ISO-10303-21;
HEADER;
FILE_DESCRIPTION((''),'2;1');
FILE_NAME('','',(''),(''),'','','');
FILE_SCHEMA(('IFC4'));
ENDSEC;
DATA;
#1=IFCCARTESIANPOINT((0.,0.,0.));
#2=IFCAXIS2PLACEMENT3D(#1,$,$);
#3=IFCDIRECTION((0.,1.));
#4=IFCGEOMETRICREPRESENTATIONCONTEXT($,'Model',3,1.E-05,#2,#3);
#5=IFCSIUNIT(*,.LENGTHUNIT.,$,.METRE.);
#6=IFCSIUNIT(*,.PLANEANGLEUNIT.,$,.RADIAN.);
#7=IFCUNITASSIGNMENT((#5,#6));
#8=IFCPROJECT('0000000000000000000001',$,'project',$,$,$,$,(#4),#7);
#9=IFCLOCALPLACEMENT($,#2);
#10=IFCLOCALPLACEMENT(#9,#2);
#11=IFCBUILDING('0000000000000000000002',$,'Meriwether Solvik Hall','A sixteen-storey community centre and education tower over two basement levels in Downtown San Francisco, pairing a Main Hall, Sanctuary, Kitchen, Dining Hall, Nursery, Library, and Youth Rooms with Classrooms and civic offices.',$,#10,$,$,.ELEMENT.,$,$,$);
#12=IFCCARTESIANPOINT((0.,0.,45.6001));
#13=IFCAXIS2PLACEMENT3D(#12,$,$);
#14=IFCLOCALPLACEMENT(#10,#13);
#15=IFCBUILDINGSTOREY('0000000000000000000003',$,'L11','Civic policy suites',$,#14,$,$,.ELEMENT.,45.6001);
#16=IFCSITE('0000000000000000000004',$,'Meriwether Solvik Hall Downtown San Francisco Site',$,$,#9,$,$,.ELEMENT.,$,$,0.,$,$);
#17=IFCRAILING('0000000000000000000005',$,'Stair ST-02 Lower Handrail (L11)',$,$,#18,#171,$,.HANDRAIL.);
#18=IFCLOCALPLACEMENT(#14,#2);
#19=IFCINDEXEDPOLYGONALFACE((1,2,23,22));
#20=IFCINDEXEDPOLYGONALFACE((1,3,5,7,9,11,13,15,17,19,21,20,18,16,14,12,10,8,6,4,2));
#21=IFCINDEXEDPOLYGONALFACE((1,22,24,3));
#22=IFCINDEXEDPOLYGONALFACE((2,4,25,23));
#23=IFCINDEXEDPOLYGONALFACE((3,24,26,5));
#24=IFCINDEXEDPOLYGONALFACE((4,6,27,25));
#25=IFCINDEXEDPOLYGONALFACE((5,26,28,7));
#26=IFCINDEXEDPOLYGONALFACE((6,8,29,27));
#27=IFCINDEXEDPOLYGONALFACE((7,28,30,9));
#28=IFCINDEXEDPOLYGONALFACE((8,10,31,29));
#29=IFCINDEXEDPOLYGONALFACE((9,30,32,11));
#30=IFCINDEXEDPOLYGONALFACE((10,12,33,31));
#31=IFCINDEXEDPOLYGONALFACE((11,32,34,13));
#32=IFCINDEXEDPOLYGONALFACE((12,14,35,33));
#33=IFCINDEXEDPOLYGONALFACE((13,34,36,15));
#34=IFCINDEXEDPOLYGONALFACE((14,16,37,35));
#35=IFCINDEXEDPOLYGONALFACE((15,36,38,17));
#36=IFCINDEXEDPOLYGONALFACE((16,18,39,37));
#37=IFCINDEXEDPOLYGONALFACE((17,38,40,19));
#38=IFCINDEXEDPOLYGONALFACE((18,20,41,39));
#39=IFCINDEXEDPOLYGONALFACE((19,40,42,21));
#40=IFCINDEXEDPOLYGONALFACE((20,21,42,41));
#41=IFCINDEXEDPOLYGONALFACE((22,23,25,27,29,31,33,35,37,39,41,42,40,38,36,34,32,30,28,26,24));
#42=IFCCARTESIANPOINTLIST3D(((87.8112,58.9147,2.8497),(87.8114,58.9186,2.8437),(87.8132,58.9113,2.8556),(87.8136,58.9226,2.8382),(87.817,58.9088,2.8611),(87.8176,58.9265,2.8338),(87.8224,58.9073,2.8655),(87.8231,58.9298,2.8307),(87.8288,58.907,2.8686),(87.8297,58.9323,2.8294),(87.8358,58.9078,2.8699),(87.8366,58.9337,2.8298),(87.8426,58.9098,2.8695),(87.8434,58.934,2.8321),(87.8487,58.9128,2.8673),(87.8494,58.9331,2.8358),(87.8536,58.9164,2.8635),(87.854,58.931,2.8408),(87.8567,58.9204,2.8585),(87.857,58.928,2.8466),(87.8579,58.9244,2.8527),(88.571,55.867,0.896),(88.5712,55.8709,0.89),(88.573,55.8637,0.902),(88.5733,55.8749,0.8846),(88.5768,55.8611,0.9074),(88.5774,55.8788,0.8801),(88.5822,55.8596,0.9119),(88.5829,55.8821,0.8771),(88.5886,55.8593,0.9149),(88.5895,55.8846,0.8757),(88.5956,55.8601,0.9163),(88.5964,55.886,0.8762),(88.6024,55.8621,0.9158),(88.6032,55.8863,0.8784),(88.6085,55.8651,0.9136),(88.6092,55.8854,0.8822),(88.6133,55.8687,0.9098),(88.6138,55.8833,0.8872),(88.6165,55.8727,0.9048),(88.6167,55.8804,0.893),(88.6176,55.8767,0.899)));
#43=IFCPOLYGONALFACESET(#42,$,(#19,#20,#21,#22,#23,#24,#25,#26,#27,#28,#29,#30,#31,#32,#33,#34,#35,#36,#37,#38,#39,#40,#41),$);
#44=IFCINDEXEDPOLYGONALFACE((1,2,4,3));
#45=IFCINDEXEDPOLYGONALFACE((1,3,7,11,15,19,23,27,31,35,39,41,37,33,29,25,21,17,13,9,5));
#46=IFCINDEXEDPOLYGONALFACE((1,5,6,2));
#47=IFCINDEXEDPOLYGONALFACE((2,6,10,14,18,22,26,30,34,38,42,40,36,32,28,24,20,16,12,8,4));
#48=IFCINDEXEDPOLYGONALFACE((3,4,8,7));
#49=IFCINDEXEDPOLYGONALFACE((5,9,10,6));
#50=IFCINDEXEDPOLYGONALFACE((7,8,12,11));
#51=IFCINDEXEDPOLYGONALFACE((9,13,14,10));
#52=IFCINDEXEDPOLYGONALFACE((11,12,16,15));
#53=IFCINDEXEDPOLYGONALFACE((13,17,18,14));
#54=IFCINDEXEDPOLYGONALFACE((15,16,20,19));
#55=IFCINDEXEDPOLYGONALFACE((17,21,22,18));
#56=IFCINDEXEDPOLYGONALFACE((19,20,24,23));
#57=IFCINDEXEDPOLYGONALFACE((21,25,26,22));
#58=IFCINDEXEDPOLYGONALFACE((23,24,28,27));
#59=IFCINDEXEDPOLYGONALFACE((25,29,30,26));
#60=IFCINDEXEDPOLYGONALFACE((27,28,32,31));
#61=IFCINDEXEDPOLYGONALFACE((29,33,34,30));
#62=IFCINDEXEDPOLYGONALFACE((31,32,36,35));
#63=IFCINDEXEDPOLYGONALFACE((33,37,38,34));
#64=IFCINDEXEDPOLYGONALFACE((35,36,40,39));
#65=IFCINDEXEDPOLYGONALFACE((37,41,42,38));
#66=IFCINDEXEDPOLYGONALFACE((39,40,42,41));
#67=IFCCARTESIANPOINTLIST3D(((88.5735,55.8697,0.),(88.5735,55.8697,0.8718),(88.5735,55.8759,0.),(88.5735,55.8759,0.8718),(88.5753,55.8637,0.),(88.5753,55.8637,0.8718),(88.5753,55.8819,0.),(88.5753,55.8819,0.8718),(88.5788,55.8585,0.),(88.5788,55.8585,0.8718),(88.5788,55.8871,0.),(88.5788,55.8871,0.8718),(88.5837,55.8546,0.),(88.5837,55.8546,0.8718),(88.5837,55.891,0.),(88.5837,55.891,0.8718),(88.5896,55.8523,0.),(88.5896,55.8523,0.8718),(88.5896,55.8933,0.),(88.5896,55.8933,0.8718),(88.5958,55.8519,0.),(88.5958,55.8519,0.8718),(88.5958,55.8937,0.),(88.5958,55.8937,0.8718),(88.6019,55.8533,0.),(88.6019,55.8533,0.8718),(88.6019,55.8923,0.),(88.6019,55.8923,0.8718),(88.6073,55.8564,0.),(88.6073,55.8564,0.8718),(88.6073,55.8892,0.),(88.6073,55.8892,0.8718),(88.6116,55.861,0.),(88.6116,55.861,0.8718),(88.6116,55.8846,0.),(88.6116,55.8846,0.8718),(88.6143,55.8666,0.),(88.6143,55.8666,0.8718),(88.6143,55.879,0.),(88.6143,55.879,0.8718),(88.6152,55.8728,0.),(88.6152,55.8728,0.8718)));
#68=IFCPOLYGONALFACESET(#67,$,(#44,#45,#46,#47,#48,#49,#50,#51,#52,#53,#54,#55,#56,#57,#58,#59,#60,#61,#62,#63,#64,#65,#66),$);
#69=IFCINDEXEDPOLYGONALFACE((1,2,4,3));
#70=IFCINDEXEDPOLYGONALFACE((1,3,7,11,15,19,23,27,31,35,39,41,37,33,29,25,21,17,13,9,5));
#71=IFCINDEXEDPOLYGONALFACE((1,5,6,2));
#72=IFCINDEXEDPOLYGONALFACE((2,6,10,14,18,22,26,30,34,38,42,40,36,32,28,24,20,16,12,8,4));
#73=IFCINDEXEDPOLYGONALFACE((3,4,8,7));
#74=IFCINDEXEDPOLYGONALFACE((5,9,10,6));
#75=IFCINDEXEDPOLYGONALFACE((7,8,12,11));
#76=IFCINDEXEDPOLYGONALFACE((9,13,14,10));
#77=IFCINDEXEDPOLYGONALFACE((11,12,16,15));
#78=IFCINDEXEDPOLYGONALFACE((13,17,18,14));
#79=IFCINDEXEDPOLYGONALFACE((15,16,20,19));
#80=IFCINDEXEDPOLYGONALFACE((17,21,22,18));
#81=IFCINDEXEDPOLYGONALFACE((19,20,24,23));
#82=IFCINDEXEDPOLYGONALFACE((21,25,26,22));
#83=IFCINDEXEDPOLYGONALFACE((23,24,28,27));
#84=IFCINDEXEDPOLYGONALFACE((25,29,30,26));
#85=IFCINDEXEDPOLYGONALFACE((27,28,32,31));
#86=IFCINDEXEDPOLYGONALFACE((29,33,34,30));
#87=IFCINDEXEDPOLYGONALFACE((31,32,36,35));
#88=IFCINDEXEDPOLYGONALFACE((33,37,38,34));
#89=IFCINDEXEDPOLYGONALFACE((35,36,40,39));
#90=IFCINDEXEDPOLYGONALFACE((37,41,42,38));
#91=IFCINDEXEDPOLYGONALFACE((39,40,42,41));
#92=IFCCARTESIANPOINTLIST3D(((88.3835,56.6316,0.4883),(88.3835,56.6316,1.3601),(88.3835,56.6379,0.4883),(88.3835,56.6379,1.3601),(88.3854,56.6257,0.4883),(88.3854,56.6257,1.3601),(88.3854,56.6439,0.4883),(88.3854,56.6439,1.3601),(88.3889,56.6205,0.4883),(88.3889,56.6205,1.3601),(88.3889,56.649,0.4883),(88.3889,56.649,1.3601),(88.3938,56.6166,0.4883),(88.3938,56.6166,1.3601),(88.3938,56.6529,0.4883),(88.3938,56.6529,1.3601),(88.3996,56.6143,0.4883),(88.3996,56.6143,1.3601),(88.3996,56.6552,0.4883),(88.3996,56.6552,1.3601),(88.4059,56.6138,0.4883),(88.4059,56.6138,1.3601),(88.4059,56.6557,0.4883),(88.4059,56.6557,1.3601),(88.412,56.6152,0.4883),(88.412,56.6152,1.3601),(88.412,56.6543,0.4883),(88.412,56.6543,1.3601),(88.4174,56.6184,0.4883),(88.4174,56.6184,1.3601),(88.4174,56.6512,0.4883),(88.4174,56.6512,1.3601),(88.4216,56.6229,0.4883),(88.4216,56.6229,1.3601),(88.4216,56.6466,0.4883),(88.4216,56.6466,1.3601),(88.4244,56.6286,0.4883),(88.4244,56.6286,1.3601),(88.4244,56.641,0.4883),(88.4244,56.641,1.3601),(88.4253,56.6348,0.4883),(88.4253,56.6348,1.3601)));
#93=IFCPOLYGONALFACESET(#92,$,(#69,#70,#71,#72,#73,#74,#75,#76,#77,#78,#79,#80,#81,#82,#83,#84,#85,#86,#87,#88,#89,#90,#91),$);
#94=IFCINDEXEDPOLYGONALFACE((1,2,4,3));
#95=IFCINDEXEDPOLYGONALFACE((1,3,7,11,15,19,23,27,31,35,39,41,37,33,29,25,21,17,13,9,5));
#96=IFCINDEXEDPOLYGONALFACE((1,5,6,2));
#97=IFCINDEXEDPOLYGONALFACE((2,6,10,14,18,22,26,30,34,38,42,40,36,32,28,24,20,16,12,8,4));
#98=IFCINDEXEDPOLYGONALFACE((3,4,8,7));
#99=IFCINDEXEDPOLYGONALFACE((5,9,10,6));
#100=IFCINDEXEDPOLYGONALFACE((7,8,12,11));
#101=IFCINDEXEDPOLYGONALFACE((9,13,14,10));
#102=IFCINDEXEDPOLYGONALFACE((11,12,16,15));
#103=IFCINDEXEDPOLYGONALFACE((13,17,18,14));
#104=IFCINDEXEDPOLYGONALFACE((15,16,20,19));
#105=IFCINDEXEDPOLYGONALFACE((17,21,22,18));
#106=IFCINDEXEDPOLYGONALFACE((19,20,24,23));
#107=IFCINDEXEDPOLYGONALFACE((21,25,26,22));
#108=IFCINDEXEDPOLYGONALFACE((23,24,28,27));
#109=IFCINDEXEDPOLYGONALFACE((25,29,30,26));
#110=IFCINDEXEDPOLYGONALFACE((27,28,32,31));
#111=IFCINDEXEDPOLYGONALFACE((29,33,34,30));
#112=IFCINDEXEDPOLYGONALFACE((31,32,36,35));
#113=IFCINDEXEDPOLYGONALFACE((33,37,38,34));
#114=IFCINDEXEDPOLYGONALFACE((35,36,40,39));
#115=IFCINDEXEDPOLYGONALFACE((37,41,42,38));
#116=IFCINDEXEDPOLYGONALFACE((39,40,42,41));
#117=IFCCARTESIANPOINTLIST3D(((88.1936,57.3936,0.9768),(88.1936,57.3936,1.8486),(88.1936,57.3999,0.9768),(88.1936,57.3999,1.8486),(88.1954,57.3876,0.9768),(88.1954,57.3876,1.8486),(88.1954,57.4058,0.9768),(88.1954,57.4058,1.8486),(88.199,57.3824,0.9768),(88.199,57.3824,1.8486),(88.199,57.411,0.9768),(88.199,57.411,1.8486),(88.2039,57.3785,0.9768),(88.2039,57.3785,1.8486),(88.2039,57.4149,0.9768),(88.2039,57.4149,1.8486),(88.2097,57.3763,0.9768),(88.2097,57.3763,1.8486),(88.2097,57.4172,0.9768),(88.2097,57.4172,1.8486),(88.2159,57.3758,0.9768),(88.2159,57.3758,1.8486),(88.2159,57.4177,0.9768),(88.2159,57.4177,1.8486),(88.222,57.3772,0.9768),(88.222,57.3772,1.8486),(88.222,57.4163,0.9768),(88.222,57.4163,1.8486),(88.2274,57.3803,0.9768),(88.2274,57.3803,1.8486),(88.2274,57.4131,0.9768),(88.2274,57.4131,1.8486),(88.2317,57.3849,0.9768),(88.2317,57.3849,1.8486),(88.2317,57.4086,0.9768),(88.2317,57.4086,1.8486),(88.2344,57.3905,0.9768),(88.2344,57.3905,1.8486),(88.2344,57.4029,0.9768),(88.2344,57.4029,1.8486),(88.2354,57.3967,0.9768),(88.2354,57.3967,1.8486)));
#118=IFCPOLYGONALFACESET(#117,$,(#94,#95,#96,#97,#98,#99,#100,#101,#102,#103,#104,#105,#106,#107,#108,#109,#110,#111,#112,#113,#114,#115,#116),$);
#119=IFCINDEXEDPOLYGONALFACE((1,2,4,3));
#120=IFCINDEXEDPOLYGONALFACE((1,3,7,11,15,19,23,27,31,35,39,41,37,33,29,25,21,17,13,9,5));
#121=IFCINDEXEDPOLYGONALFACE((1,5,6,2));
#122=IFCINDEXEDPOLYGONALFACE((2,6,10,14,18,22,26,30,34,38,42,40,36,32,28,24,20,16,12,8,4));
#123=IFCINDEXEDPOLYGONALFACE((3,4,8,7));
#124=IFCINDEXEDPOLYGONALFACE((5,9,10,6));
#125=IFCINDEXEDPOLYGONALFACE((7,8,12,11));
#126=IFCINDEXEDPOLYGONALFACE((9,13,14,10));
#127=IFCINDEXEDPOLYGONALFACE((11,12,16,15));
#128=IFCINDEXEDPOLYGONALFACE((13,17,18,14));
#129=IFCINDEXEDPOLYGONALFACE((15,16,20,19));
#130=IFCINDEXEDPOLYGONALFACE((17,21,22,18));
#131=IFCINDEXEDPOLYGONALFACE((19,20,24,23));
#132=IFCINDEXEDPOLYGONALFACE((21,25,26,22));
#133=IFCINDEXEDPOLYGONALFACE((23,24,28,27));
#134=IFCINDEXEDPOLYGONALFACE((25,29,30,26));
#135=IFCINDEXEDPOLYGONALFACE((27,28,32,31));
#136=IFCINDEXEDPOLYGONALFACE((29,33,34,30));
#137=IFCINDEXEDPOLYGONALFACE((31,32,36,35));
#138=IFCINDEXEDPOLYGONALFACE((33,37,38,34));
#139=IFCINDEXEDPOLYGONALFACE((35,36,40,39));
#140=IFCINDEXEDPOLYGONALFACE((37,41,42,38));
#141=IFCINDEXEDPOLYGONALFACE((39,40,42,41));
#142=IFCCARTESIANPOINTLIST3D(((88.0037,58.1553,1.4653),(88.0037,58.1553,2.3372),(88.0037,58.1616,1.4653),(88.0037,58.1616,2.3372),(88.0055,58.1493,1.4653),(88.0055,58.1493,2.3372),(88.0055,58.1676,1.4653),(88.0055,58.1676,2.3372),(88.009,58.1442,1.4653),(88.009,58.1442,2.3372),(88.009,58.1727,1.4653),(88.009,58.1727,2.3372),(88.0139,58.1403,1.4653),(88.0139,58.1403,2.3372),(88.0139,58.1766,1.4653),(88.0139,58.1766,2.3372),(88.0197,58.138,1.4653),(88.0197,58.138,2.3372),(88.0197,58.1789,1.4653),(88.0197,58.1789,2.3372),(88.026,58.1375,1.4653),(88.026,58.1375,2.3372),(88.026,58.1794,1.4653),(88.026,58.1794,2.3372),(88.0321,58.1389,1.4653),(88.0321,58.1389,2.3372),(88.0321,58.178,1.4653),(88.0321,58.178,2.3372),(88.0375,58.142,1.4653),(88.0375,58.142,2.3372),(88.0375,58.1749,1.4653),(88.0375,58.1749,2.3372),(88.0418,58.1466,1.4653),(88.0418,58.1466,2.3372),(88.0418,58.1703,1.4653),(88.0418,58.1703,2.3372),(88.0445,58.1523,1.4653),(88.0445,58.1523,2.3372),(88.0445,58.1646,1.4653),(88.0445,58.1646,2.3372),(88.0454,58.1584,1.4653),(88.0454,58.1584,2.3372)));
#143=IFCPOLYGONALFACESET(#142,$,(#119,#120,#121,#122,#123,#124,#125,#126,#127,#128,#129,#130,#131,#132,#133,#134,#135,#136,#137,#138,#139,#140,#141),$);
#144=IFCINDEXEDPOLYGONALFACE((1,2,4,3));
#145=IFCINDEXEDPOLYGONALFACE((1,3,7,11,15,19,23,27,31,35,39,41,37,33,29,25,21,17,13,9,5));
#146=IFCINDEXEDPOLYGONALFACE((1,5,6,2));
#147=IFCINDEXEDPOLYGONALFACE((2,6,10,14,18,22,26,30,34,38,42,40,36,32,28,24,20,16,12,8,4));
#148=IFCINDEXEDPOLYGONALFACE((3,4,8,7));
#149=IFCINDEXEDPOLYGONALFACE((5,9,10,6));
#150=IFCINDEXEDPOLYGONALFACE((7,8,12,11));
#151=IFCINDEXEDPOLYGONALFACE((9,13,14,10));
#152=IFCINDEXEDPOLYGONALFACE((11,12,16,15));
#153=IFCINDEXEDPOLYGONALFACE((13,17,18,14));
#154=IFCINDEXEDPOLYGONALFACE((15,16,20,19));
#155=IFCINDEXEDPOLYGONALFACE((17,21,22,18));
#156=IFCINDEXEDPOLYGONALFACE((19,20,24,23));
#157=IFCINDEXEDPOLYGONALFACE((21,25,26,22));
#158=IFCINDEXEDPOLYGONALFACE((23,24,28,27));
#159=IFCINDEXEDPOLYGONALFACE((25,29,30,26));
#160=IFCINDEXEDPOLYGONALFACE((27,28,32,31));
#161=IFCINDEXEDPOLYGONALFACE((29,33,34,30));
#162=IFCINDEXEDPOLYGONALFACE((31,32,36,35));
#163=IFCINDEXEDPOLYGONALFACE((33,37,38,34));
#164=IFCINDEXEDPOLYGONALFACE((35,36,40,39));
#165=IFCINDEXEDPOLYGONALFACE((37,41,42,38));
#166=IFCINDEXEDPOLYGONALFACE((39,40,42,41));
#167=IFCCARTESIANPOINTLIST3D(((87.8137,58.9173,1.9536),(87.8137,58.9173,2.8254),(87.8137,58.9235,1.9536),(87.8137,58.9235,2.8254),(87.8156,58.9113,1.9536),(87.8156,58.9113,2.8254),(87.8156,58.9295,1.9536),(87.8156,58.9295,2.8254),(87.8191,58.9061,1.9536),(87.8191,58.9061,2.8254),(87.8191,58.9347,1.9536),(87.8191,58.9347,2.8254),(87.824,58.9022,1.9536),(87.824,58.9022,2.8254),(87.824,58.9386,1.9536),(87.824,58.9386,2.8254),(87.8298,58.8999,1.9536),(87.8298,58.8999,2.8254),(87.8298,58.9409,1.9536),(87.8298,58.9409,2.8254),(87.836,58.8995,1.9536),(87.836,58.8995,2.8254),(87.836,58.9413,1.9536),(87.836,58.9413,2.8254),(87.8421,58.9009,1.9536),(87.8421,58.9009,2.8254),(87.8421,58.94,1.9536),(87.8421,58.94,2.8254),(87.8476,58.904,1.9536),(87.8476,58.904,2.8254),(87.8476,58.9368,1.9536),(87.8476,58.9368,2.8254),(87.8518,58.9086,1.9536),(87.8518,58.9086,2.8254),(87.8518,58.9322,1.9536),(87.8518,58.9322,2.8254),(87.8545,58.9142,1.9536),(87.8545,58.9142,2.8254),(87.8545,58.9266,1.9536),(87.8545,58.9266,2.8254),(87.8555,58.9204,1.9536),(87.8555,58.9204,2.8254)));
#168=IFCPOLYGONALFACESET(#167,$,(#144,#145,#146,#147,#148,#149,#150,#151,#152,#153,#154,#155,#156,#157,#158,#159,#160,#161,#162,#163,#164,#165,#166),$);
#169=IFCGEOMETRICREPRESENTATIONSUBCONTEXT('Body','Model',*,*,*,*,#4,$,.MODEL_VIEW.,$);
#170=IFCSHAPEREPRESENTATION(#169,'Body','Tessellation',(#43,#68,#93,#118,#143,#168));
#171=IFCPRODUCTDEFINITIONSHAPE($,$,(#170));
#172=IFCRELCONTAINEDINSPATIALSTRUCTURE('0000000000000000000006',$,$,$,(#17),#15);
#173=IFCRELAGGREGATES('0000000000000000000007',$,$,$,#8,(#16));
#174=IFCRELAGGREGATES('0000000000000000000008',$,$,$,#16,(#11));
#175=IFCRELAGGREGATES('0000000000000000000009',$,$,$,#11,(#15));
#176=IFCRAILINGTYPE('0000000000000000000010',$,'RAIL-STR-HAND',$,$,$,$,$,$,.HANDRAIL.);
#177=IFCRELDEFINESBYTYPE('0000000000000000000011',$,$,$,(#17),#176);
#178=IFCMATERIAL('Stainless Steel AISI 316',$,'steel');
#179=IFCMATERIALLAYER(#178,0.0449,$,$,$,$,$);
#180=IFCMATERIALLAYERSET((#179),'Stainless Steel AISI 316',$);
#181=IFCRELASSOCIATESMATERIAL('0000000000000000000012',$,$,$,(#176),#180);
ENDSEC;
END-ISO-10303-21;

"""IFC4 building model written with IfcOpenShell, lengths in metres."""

from ifc_helpers import new_model, si_unit, direction, frame, origin, origin_2d, place, context, subcontext, project, spatial, circle, extrude, material, layer, layer_set, type_object, element, save


model = new_model("IFC4")

# Units and contexts
model_context = context("Model", 3, precision=1e-05, world=origin(), true_north=direction((0.0, 1.0)))
body_context = subcontext(model_context, "Body", "Model", "MODEL_VIEW")
ifc_project = project(units=[si_unit("LENGTHUNIT", "METRE"), si_unit("PLANEANGLEUNIT", "RADIAN")], contexts=[model_context])

# Site, building, storey
site_placement = place(None, origin())
site = spatial("IfcSite", under=ifc_project, at=site_placement, Name="Meriwether Solvik Hall Downtown San Francisco Site", CompositionType="ELEMENT", RefElevation=0.0)
building_placement = place(site_placement, origin())
building = spatial("IfcBuilding", under=site, at=building_placement, Name="Meriwether Solvik Hall", Description="A sixteen-storey community centre and education tower over two basement levels in Downtown San Francisco, pairing a Main Hall, Sanctuary, Kitchen, Dining Hall, Nursery, Library, and Youth Rooms with Classrooms and civic offices.", CompositionType="ELEMENT")
storey_placement = place(building_placement, frame((0.0, 0.0, 45.6001)))
storey = spatial("IfcBuildingStorey", under=building, at=storey_placement, Name="L11", Description="Civic policy suites", CompositionType="ELEMENT", Elevation=45.6001)

# Railing
ifc_material_1 = material(Name="Stainless Steel AISI 316", Category="steel")
ifc_layer_1 = layer(ifc_material_1, 0.0449)
ifc_layer_set_1 = layer_set([ifc_layer_1], Name="Stainless Steel AISI 316")
railing_type_1 = type_object("IfcRailingType", Name="RAIL-STR-HAND", PredefinedType="HANDRAIL", material=ifc_layer_set_1)
railing_1_placement = place(storey_placement, frame((88.5942, 55.8728, 0.0)))
element("IfcRailing", 1, at=railing_1_placement, inside=storey, type_object=railing_type_1, Name="Stair ST-02 Lower Handrail (L11)", PredefinedType="HANDRAIL", context=body_context, shape_type="SweptSolid", body=[
    extrude(circle(Radius=0.0239, at=origin_2d()), frame((0.0, 0.0, 0.896), z_axis=(-0.205404, 0.823926, 0.528163), x_axis=(-0.970302, -0.241895, 0.0)), (0.0, 0.0, 1.0), 3.699),
    extrude(circle(Radius=0.021, at=origin_2d()), origin(), (0.0, 0.0, 1.0), 0.8718),
    extrude(circle(Radius=0.021, at=origin_2d()), frame((-0.1899, 0.762, 0.4883)), (0.0, 0.0, 1.0), 0.8718),
    extrude(circle(Radius=0.021, at=origin_2d()), frame((-0.3799, 1.5239, 0.9768)), (0.0, 0.0, 1.0), 0.8718),
    extrude(circle(Radius=0.021, at=origin_2d()), frame((-0.5698, 2.2856, 1.4653)), (0.0, 0.0, 1.0), 0.8718),
    extrude(circle(Radius=0.021, at=origin_2d()), frame((-0.7598, 3.0476, 1.9536)), (0.0, 0.0, 1.0), 0.8718),
])

save(model, "model.ifc")
